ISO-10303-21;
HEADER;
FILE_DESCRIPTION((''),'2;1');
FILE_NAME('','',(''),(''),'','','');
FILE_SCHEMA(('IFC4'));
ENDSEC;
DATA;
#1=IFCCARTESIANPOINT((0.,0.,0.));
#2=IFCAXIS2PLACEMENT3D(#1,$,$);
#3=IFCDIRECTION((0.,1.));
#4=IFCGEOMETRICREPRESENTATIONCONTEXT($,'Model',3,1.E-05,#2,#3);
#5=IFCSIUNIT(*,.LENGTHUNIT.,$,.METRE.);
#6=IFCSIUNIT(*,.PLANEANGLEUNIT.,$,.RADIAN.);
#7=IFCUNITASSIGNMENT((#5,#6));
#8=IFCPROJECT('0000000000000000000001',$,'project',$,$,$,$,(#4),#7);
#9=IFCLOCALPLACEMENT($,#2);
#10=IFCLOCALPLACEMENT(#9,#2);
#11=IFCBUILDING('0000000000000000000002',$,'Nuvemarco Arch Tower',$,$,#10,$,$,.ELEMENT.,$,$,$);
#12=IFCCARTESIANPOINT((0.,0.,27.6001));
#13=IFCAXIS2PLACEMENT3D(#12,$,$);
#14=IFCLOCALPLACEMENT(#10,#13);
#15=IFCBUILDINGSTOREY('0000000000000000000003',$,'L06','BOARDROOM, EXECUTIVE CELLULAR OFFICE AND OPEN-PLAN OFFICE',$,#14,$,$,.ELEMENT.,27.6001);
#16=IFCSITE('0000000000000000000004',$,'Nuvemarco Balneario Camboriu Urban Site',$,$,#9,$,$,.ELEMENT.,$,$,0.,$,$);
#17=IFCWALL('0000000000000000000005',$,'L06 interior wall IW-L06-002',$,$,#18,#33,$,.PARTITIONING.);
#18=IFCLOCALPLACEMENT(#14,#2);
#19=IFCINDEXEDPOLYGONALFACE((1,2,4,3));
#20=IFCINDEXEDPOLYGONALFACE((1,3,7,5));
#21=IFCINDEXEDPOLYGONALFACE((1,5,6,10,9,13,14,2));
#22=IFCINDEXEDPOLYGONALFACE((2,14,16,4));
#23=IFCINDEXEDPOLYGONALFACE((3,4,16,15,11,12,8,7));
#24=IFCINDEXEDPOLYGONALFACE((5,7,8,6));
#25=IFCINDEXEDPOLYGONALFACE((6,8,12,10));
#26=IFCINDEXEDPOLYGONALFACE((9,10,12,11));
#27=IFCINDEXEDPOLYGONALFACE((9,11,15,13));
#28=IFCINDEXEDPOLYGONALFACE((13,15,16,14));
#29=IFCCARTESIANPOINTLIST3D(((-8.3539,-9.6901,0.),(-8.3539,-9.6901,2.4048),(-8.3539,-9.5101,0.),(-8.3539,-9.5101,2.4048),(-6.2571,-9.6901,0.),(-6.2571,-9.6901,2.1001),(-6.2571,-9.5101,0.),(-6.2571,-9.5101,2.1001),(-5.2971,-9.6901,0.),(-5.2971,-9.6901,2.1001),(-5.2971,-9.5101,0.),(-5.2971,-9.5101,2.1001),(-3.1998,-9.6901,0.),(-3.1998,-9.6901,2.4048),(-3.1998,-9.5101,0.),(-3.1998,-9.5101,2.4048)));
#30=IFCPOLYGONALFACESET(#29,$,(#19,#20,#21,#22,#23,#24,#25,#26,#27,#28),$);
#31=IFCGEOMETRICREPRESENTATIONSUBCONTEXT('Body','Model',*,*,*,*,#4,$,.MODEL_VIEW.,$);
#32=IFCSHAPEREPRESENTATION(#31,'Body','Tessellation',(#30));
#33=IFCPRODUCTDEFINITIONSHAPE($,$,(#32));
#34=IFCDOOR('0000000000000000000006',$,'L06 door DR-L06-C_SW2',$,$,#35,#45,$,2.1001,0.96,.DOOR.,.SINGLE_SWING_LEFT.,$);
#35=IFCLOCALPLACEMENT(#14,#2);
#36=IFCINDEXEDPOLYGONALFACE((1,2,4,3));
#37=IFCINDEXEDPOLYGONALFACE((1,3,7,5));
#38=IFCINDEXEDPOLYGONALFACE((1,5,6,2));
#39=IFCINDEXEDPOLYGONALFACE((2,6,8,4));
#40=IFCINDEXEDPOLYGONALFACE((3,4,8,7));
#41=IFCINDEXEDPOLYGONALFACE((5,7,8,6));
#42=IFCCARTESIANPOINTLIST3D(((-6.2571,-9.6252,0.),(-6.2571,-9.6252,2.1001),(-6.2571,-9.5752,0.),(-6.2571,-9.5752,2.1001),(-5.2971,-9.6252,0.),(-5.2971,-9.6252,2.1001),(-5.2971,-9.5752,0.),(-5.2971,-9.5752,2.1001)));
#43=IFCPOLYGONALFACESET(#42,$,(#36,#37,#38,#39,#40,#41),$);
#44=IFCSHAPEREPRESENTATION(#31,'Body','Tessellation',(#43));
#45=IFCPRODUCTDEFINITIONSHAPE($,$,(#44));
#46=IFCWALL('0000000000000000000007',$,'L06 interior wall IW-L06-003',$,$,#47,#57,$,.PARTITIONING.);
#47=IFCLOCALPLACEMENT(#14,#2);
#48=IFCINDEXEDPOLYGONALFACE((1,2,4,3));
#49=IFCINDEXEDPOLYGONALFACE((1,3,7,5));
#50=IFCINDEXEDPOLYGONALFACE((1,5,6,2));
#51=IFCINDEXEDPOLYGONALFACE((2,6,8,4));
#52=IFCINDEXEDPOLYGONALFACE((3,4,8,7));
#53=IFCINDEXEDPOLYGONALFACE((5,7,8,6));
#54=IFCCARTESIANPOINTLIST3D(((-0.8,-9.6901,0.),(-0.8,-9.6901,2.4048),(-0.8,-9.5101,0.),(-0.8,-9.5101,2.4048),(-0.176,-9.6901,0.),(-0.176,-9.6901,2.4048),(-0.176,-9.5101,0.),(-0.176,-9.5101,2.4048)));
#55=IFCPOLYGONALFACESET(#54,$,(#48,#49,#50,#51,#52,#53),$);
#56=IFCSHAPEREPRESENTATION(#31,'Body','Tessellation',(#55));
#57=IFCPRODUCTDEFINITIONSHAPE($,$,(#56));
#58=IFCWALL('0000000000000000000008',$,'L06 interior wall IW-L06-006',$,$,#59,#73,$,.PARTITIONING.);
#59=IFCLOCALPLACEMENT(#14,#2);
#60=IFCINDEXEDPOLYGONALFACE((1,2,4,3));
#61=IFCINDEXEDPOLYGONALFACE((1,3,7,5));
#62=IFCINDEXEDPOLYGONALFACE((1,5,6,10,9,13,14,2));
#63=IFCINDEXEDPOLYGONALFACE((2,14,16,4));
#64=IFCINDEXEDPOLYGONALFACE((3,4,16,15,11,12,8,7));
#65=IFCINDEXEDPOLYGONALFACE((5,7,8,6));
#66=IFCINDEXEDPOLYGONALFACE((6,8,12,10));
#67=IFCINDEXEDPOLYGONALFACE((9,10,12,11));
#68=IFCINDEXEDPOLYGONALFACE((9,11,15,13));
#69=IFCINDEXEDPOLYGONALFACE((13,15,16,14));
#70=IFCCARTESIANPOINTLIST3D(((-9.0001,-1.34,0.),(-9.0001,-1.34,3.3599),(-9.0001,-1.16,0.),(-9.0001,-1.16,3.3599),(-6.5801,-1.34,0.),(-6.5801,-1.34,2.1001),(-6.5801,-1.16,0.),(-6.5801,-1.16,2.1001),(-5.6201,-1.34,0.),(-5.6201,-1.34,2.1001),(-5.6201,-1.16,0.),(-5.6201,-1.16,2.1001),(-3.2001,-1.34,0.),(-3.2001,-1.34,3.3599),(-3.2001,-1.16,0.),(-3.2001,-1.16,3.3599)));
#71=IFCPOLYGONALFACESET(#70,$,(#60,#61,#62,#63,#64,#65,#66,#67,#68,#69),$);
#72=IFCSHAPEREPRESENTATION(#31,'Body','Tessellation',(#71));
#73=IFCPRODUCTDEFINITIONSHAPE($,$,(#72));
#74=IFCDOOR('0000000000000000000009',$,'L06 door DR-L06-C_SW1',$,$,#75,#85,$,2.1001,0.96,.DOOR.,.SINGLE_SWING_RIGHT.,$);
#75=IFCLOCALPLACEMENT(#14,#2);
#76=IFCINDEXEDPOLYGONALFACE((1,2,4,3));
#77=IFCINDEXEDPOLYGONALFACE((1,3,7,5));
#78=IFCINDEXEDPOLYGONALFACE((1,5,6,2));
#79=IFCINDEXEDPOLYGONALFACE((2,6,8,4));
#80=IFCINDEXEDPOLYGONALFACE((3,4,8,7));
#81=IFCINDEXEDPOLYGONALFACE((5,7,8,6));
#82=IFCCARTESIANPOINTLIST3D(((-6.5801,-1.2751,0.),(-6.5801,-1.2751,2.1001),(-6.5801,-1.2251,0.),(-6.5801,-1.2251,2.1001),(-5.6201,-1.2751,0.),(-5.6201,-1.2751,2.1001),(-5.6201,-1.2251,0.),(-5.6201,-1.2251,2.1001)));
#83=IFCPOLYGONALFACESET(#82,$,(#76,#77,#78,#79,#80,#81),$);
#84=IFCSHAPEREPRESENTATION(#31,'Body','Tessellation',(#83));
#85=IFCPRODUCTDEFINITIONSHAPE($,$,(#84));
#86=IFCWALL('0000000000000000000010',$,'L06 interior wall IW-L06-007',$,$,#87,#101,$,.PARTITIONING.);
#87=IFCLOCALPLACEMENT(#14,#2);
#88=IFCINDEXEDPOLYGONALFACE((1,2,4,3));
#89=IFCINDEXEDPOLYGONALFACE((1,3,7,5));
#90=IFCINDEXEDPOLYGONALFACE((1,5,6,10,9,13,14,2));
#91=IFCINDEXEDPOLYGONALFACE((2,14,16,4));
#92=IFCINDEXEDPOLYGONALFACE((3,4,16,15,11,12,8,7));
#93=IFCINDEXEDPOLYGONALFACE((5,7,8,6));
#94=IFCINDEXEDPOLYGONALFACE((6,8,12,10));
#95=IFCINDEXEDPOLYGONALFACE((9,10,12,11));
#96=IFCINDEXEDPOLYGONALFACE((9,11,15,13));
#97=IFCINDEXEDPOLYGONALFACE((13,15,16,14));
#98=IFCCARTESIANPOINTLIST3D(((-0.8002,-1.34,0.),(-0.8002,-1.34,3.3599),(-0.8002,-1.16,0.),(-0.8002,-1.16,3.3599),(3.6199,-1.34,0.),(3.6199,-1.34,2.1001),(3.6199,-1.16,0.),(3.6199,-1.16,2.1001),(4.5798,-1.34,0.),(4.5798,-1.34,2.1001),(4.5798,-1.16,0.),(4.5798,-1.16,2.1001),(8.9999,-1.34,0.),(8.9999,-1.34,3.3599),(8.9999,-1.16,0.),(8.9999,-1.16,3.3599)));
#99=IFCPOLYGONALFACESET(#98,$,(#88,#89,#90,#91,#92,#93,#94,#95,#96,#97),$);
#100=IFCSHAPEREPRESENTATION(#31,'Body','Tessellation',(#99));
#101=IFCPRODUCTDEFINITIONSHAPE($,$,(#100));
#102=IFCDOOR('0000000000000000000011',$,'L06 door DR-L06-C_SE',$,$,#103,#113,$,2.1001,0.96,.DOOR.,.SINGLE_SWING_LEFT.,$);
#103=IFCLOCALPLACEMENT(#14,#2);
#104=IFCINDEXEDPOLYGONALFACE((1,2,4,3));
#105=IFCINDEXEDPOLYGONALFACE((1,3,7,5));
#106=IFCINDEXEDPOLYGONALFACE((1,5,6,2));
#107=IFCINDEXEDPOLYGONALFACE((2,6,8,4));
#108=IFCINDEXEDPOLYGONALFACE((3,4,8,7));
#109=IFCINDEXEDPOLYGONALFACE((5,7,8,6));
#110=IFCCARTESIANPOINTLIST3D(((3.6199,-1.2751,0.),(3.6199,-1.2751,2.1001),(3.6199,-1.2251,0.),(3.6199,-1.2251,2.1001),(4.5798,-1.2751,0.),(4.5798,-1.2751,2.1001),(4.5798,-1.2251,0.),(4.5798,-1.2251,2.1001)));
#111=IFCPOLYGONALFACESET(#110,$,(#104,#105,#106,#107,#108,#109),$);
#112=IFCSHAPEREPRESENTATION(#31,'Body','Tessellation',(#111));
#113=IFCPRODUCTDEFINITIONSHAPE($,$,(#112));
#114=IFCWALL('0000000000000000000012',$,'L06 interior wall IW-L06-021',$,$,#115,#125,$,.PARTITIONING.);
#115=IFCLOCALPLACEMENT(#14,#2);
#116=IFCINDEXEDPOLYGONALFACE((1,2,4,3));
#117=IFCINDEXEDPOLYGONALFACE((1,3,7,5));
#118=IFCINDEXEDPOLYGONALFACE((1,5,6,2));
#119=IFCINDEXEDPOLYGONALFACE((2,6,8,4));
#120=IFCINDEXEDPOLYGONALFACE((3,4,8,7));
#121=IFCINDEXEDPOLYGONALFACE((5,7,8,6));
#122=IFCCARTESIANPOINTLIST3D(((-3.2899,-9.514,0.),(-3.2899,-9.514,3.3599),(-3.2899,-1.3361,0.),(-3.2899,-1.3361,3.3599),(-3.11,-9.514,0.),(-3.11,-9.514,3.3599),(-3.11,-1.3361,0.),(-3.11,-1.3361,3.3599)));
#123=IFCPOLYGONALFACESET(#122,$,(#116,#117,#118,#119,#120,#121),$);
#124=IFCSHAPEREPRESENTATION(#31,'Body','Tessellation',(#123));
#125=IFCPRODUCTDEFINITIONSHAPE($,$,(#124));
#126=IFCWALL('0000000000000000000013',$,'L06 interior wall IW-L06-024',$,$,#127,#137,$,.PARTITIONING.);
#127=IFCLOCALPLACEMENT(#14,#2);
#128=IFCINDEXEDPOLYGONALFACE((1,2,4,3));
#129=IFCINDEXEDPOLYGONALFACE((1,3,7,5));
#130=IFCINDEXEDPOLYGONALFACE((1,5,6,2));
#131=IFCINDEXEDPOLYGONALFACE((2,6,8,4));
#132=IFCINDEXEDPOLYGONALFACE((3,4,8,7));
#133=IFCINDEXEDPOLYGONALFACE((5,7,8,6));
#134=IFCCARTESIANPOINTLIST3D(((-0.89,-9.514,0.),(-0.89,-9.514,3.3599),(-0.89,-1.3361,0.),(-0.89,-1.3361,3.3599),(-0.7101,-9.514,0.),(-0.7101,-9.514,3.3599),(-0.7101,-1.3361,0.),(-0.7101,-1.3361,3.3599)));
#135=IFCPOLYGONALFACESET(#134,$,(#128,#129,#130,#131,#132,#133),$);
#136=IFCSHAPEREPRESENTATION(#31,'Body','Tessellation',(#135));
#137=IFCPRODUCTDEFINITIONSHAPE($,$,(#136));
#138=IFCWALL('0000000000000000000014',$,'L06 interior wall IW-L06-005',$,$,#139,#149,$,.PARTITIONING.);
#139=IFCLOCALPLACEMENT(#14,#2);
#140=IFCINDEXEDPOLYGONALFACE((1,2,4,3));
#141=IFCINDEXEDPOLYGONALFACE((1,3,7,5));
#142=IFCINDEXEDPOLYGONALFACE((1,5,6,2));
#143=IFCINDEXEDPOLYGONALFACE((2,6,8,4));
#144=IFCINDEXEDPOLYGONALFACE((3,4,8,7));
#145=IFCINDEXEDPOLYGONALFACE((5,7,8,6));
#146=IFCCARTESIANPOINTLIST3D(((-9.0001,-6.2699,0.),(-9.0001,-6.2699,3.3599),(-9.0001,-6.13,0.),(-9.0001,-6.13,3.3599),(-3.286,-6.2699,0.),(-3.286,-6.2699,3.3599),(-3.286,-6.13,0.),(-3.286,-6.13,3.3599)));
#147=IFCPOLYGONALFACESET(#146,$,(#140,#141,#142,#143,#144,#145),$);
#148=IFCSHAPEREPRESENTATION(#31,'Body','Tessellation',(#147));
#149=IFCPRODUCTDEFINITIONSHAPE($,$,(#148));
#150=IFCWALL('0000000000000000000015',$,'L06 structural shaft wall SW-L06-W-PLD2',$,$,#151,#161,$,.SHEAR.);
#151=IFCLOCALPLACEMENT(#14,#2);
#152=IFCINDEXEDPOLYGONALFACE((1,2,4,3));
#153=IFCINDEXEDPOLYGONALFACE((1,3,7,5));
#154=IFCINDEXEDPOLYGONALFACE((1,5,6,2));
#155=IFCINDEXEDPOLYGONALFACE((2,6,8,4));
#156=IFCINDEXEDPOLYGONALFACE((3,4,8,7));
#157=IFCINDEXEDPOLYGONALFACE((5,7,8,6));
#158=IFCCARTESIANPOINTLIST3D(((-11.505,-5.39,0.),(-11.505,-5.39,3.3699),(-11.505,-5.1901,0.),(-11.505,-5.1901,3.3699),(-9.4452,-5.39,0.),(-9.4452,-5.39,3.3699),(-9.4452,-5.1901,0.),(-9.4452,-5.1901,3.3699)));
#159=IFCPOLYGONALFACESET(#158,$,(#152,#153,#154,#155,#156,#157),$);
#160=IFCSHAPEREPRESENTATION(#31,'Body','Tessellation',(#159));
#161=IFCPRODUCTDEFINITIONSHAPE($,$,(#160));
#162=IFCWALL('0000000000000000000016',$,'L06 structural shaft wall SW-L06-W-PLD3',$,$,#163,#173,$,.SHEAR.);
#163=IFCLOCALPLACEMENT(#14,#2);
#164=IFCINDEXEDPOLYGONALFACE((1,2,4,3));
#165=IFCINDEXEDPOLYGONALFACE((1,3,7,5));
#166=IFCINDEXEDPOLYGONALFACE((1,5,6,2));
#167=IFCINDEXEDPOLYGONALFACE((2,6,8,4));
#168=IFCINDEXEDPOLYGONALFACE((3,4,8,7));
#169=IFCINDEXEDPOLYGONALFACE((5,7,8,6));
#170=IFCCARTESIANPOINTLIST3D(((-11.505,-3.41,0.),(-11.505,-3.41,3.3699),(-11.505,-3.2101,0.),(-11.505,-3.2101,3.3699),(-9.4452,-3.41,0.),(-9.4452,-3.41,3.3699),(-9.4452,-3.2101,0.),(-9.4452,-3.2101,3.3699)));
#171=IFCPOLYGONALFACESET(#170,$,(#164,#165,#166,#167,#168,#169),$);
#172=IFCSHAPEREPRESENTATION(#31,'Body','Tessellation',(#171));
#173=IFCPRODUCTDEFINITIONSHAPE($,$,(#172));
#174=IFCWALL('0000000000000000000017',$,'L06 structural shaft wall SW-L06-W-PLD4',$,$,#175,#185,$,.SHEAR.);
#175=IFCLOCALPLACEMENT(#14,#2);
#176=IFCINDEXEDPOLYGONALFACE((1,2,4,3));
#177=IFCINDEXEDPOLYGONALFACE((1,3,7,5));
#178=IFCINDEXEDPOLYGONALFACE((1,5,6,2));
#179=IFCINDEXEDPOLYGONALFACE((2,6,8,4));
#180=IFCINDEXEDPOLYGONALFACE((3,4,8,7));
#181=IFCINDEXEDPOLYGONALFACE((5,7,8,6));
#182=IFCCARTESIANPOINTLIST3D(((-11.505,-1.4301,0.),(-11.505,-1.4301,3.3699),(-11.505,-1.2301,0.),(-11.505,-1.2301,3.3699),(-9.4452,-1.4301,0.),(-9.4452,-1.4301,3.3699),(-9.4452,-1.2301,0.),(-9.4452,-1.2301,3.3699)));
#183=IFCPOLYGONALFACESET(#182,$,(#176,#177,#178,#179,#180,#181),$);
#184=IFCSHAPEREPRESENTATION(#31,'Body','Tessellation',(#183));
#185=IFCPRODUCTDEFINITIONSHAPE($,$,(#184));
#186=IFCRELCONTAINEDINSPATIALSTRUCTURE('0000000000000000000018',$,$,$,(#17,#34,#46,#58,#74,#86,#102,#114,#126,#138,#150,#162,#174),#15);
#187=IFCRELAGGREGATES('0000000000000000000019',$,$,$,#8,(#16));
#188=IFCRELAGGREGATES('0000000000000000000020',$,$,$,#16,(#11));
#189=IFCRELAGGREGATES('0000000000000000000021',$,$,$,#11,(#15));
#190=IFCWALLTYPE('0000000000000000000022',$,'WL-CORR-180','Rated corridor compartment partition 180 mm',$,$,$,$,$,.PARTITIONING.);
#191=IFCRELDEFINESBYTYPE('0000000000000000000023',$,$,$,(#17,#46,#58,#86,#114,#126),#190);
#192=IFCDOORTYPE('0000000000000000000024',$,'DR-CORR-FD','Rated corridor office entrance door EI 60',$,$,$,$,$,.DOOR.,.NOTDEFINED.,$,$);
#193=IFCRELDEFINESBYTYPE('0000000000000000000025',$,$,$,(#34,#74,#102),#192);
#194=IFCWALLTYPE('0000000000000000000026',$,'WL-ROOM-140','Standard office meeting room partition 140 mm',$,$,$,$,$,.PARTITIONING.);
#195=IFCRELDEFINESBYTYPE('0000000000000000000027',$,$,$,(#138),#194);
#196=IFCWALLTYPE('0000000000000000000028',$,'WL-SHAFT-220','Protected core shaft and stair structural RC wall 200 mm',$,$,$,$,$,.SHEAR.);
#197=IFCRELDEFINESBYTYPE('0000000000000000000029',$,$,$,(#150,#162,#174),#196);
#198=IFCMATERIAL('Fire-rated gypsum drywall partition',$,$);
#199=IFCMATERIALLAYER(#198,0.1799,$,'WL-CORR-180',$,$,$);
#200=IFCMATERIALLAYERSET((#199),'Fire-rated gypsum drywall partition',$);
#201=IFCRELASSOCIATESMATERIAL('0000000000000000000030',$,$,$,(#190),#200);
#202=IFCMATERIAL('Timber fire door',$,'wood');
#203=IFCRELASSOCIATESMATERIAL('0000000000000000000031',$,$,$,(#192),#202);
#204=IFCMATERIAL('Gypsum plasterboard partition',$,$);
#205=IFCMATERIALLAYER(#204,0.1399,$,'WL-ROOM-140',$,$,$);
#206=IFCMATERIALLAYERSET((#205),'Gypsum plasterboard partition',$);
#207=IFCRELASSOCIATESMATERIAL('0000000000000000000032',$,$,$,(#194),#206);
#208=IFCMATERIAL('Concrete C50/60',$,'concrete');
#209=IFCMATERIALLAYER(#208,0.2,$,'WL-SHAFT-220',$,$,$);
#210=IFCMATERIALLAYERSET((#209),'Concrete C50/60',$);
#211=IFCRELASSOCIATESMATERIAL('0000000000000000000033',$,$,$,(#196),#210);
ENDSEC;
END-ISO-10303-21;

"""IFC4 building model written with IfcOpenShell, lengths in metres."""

from ifc_helpers import new_model, si_unit, direction, frame, frame_2d, origin, place, context, subcontext, project, spatial, rectangle, extrude, source, transform, mapped, material, layer, layer_set, type_object, type_shapes, element, fill, save


model = new_model("IFC4")

# Units and contexts
model_context = context("Model", 3, precision=1e-05, world=origin(), true_north=direction((0.0, 1.0)))
body_context = subcontext(model_context, "Body", "Model", "MODEL_VIEW")
ifc_project = project(units=[si_unit("LENGTHUNIT", "METRE"), si_unit("PLANEANGLEUNIT", "RADIAN")], contexts=[model_context])

# Site, building, storey
site_placement = place(None, origin())
site = spatial("IfcSite", under=ifc_project, at=site_placement, Name="Nuvemarco Balneario Camboriu Urban Site", CompositionType="ELEMENT", RefElevation=0.0)
building_placement = place(site_placement, origin())
building = spatial("IfcBuilding", under=site, at=building_placement, Name="Nuvemarco Arch Tower", CompositionType="ELEMENT")
storey_placement = place(building_placement, frame((0.0, 0.0, 27.6001)))
storey = spatial("IfcBuildingStorey", under=building, at=storey_placement, Name="L06", Description="BOARDROOM, EXECUTIVE CELLULAR OFFICE AND OPEN-PLAN OFFICE", CompositionType="ELEMENT", Elevation=27.6001)

# Wall, opening, door
ifc_material_1 = material(Name="Fire-rated gypsum drywall partition")
ifc_layer_1 = layer(ifc_material_1, 0.1799, Name="WL-CORR-180")
ifc_layer_set_1 = layer_set([ifc_layer_1], Name="Fire-rated gypsum drywall partition")
wall_type_1 = type_object("IfcWallType", Name="WL-CORR-180", Description="Rated corridor compartment partition 180 mm", PredefinedType="PARTITIONING", material=ifc_layer_set_1)
wall_1_placement = place(storey_placement, frame((-8.354, -9.6001, 0.0), z_axis=(0.0, 0.0, 1.0), x_axis=(1.0, 0.0, 0.0)))
wall_1 = element("IfcWall", 1, at=wall_1_placement, inside=storey, type_object=wall_type_1, Name="L06 interior wall IW-L06-002", PredefinedType="PARTITIONING", context=body_context, shape_type="SweptSolid", body=[
    extrude(rectangle(XDim=5.1541, YDim=0.1799, at=frame_2d((2.5771, 0.0))), origin(), (0.0, 0.0, 1.0), 2.4048),
])
opening_1_placement = place(wall_1_placement, frame((2.0969, 0.0, 0.0)))
opening_1 = element("IfcOpeningElement", 2, at=opening_1_placement, cuts=wall_1, PredefinedType="OPENING", context=body_context, shape_type="SweptSolid", body=[
    extrude(rectangle(XDim=0.96, YDim=2.1001, at=frame_2d((0.48, 1.05))), frame((0.0, 0.0999, 0.0), z_axis=(0.0, -1.0, 0.0), x_axis=(1.0, 0.0, 0.0)), (0.0, 0.0, 1.0), 0.2),
])
ifc_material_2 = material(Name="Timber fire door", Category="wood")
door_type_1 = type_object("IfcDoorType", Name="DR-CORR-FD", Description="Rated corridor office entrance door EI 60", OperationType="NOTDEFINED", PredefinedType="DOOR", material=ifc_material_2)
shared_shape_1 = source(origin(), body_context, "Body", "SweptSolid", [
    extrude(rectangle(XDim=0.96, YDim=2.1001, at=frame_2d((0.48, 1.05))), frame((0.0, 0.0249, 0.0), z_axis=(0.0, -1.0, 0.0), x_axis=(1.0, 0.0, 0.0)), (0.0, 0.0, 1.0), 0.05),
])
type_shapes(door_type_1, [shared_shape_1])
door_1_placement = place(opening_1_placement, origin())
door_1 = element("IfcDoor", 3, at=door_1_placement, inside=storey, type_object=door_type_1, Name="L06 door DR-L06-C_SW2", OperationType="SINGLE_SWING_LEFT", OverallHeight=2.1001, OverallWidth=0.96, PredefinedType="DOOR", context=body_context, shape_type="MappedRepresentation", body=[
    mapped(shared_shape_1, transform((0.0, 0.0, 0.0), scale=1.0)),
])
fill(opening_1, door_1)

# Wall
wall_2_placement = place(storey_placement, frame((-0.8, -9.6001, 0.0), z_axis=(0.0, 0.0, 1.0), x_axis=(1.0, 0.0, 0.0)))
element("IfcWall", 4, at=wall_2_placement, inside=storey, type_object=wall_type_1, Name="L06 interior wall IW-L06-003", PredefinedType="PARTITIONING", context=body_context, shape_type="SweptSolid", body=[
    extrude(rectangle(XDim=0.624, YDim=0.1799, at=frame_2d((0.312, 0.0))), origin(), (0.0, 0.0, 1.0), 2.4048),
])

# Walls, openings, doors
wall_3_placement = place(storey_placement, frame((-9.0, -1.25, 0.0), z_axis=(0.0, 0.0, 1.0), x_axis=(1.0, 0.0, 0.0)))
wall_3 = element("IfcWall", 5, at=wall_3_placement, inside=storey, type_object=wall_type_1, Name="L06 interior wall IW-L06-006", PredefinedType="PARTITIONING", context=body_context, shape_type="SweptSolid", body=[
    extrude(rectangle(XDim=5.8, YDim=0.1799, at=frame_2d((2.8999, 0.0))), origin(), (0.0, 0.0, 1.0), 3.3599),
])
opening_2_placement = place(wall_3_placement, frame((2.4199, 0.0, 0.0)))
opening_2 = element("IfcOpeningElement", 6, at=opening_2_placement, cuts=wall_3, PredefinedType="OPENING", context=body_context, shape_type="SweptSolid", body=[
    extrude(rectangle(XDim=0.96, YDim=2.1001, at=frame_2d((0.48, 1.05))), frame((0.0, 0.0999, 0.0), z_axis=(0.0, -1.0, 0.0), x_axis=(1.0, 0.0, 0.0)), (0.0, 0.0, 1.0), 0.2),
])
door_2_placement = place(opening_2_placement, origin())
door_2 = element("IfcDoor", 7, at=door_2_placement, inside=storey, type_object=door_type_1, Name="L06 door DR-L06-C_SW1", OperationType="SINGLE_SWING_RIGHT", OverallHeight=2.1001, OverallWidth=0.96, PredefinedType="DOOR", context=body_context, shape_type="MappedRepresentation", body=[
    mapped(shared_shape_1, transform((0.0, 0.0, 0.0), scale=1.0)),
])
fill(opening_2, door_2)
wall_4_placement = place(storey_placement, frame((-0.8, -1.25, 0.0), z_axis=(0.0, 0.0, 1.0), x_axis=(1.0, 0.0, 0.0)))
wall_4 = element("IfcWall", 8, at=wall_4_placement, inside=storey, type_object=wall_type_1, Name="L06 interior wall IW-L06-007", PredefinedType="PARTITIONING", context=body_context, shape_type="SweptSolid", body=[
    extrude(rectangle(XDim=9.8, YDim=0.1799, at=frame_2d((4.8999, 0.0))), origin(), (0.0, 0.0, 1.0), 3.3599),
])
opening_3_placement = place(wall_4_placement, frame((4.4199, 0.0, 0.0)))
opening_3 = element("IfcOpeningElement", 9, at=opening_3_placement, cuts=wall_4, PredefinedType="OPENING", context=body_context, shape_type="SweptSolid", body=[
    extrude(rectangle(XDim=0.96, YDim=2.1001, at=frame_2d((0.48, 1.05))), frame((0.0, 0.0999, 0.0), z_axis=(0.0, -1.0, 0.0), x_axis=(1.0, 0.0, 0.0)), (0.0, 0.0, 1.0), 0.2),
])
door_3_placement = place(opening_3_placement, origin())
door_3 = element("IfcDoor", 10, at=door_3_placement, inside=storey, type_object=door_type_1, Name="L06 door DR-L06-C_SE", OperationType="SINGLE_SWING_LEFT", OverallHeight=2.1001, OverallWidth=0.96, PredefinedType="DOOR", context=body_context, shape_type="MappedRepresentation", body=[
    mapped(shared_shape_1, transform((0.0, 0.0, 0.0), scale=1.0)),
])
fill(opening_3, door_3)

# Walls
for number, where, z_axis, x_axis, name in (
    (11, (-3.2, -9.5139, 0.0), (0.0, 0.0, 1.0), (0.0, 1.0, 0.0), "L06 interior wall IW-L06-021"),
    (12, (-0.8, -9.5139, 0.0), (0.0, 0.0, 1.0), (0.0, 1.0, 0.0), "L06 interior wall IW-L06-024"),
):
    element("IfcWall", number, at=place(storey_placement, frame(where, z_axis=z_axis, x_axis=x_axis)), inside=storey, type_object=wall_type_1, Name=name, PredefinedType="PARTITIONING", context=body_context, shape_type="SweptSolid", body=[
        extrude(rectangle(XDim=8.178, YDim=0.1799, at=frame_2d((4.0889, 0.0))), origin(), (0.0, 0.0, 1.0), 3.3599),
    ])
ifc_material_3 = material(Name="Gypsum plasterboard partition")
ifc_layer_2 = layer(ifc_material_3, 0.1399, Name="WL-ROOM-140")
ifc_layer_set_2 = layer_set([ifc_layer_2], Name="Gypsum plasterboard partition")
wall_type_2 = type_object("IfcWallType", Name="WL-ROOM-140", Description="Standard office meeting room partition 140 mm", PredefinedType="PARTITIONING", material=ifc_layer_set_2)
wall_5_placement = place(storey_placement, frame((-9.0, -6.2, 0.0), z_axis=(0.0, 0.0, 1.0), x_axis=(1.0, 0.0, 0.0)))
element("IfcWall", 13, at=wall_5_placement, inside=storey, type_object=wall_type_2, Name="L06 interior wall IW-L06-005", PredefinedType="PARTITIONING", context=body_context, shape_type="SweptSolid", body=[
    extrude(rectangle(XDim=5.7141, YDim=0.1399, at=frame_2d((2.8569, 0.0))), origin(), (0.0, 0.0, 1.0), 3.3599),
])
ifc_material_4 = material(Name="Concrete C50/60", Category="concrete")
ifc_layer_3 = layer(ifc_material_4, 0.2, Name="WL-SHAFT-220")
ifc_layer_set_3 = layer_set([ifc_layer_3], Name="Concrete C50/60")
wall_type_3 = type_object("IfcWallType", Name="WL-SHAFT-220", Description="Protected core shaft and stair structural RC wall 200 mm", PredefinedType="SHEAR", material=ifc_layer_set_3)
for number, where, z_axis, x_axis, name in (
    (14, (-11.5049, -5.29, 0.0), (0.0, 0.0, 1.0), (1.0, 0.0, 0.0), "L06 structural shaft wall SW-L06-W-PLD2"),
    (15, (-11.5049, -3.3101, 0.0), (0.0, 0.0, 1.0), (1.0, 0.0, 0.0), "L06 structural shaft wall SW-L06-W-PLD3"),
    (16, (-11.5049, -1.3301, 0.0), (0.0, 0.0, 1.0), (1.0, 0.0, 0.0), "L06 structural shaft wall SW-L06-W-PLD4"),
):
    element("IfcWall", number, at=place(storey_placement, frame(where, z_axis=z_axis, x_axis=x_axis)), inside=storey, type_object=wall_type_3, Name=name, PredefinedType="SHEAR", context=body_context, shape_type="SweptSolid", body=[
        extrude(rectangle(XDim=2.0598, YDim=0.2, at=frame_2d((1.0298, 0.0))), origin(), (0.0, 0.0, 1.0), 3.3699),
    ])

save(model, "model.ifc")
